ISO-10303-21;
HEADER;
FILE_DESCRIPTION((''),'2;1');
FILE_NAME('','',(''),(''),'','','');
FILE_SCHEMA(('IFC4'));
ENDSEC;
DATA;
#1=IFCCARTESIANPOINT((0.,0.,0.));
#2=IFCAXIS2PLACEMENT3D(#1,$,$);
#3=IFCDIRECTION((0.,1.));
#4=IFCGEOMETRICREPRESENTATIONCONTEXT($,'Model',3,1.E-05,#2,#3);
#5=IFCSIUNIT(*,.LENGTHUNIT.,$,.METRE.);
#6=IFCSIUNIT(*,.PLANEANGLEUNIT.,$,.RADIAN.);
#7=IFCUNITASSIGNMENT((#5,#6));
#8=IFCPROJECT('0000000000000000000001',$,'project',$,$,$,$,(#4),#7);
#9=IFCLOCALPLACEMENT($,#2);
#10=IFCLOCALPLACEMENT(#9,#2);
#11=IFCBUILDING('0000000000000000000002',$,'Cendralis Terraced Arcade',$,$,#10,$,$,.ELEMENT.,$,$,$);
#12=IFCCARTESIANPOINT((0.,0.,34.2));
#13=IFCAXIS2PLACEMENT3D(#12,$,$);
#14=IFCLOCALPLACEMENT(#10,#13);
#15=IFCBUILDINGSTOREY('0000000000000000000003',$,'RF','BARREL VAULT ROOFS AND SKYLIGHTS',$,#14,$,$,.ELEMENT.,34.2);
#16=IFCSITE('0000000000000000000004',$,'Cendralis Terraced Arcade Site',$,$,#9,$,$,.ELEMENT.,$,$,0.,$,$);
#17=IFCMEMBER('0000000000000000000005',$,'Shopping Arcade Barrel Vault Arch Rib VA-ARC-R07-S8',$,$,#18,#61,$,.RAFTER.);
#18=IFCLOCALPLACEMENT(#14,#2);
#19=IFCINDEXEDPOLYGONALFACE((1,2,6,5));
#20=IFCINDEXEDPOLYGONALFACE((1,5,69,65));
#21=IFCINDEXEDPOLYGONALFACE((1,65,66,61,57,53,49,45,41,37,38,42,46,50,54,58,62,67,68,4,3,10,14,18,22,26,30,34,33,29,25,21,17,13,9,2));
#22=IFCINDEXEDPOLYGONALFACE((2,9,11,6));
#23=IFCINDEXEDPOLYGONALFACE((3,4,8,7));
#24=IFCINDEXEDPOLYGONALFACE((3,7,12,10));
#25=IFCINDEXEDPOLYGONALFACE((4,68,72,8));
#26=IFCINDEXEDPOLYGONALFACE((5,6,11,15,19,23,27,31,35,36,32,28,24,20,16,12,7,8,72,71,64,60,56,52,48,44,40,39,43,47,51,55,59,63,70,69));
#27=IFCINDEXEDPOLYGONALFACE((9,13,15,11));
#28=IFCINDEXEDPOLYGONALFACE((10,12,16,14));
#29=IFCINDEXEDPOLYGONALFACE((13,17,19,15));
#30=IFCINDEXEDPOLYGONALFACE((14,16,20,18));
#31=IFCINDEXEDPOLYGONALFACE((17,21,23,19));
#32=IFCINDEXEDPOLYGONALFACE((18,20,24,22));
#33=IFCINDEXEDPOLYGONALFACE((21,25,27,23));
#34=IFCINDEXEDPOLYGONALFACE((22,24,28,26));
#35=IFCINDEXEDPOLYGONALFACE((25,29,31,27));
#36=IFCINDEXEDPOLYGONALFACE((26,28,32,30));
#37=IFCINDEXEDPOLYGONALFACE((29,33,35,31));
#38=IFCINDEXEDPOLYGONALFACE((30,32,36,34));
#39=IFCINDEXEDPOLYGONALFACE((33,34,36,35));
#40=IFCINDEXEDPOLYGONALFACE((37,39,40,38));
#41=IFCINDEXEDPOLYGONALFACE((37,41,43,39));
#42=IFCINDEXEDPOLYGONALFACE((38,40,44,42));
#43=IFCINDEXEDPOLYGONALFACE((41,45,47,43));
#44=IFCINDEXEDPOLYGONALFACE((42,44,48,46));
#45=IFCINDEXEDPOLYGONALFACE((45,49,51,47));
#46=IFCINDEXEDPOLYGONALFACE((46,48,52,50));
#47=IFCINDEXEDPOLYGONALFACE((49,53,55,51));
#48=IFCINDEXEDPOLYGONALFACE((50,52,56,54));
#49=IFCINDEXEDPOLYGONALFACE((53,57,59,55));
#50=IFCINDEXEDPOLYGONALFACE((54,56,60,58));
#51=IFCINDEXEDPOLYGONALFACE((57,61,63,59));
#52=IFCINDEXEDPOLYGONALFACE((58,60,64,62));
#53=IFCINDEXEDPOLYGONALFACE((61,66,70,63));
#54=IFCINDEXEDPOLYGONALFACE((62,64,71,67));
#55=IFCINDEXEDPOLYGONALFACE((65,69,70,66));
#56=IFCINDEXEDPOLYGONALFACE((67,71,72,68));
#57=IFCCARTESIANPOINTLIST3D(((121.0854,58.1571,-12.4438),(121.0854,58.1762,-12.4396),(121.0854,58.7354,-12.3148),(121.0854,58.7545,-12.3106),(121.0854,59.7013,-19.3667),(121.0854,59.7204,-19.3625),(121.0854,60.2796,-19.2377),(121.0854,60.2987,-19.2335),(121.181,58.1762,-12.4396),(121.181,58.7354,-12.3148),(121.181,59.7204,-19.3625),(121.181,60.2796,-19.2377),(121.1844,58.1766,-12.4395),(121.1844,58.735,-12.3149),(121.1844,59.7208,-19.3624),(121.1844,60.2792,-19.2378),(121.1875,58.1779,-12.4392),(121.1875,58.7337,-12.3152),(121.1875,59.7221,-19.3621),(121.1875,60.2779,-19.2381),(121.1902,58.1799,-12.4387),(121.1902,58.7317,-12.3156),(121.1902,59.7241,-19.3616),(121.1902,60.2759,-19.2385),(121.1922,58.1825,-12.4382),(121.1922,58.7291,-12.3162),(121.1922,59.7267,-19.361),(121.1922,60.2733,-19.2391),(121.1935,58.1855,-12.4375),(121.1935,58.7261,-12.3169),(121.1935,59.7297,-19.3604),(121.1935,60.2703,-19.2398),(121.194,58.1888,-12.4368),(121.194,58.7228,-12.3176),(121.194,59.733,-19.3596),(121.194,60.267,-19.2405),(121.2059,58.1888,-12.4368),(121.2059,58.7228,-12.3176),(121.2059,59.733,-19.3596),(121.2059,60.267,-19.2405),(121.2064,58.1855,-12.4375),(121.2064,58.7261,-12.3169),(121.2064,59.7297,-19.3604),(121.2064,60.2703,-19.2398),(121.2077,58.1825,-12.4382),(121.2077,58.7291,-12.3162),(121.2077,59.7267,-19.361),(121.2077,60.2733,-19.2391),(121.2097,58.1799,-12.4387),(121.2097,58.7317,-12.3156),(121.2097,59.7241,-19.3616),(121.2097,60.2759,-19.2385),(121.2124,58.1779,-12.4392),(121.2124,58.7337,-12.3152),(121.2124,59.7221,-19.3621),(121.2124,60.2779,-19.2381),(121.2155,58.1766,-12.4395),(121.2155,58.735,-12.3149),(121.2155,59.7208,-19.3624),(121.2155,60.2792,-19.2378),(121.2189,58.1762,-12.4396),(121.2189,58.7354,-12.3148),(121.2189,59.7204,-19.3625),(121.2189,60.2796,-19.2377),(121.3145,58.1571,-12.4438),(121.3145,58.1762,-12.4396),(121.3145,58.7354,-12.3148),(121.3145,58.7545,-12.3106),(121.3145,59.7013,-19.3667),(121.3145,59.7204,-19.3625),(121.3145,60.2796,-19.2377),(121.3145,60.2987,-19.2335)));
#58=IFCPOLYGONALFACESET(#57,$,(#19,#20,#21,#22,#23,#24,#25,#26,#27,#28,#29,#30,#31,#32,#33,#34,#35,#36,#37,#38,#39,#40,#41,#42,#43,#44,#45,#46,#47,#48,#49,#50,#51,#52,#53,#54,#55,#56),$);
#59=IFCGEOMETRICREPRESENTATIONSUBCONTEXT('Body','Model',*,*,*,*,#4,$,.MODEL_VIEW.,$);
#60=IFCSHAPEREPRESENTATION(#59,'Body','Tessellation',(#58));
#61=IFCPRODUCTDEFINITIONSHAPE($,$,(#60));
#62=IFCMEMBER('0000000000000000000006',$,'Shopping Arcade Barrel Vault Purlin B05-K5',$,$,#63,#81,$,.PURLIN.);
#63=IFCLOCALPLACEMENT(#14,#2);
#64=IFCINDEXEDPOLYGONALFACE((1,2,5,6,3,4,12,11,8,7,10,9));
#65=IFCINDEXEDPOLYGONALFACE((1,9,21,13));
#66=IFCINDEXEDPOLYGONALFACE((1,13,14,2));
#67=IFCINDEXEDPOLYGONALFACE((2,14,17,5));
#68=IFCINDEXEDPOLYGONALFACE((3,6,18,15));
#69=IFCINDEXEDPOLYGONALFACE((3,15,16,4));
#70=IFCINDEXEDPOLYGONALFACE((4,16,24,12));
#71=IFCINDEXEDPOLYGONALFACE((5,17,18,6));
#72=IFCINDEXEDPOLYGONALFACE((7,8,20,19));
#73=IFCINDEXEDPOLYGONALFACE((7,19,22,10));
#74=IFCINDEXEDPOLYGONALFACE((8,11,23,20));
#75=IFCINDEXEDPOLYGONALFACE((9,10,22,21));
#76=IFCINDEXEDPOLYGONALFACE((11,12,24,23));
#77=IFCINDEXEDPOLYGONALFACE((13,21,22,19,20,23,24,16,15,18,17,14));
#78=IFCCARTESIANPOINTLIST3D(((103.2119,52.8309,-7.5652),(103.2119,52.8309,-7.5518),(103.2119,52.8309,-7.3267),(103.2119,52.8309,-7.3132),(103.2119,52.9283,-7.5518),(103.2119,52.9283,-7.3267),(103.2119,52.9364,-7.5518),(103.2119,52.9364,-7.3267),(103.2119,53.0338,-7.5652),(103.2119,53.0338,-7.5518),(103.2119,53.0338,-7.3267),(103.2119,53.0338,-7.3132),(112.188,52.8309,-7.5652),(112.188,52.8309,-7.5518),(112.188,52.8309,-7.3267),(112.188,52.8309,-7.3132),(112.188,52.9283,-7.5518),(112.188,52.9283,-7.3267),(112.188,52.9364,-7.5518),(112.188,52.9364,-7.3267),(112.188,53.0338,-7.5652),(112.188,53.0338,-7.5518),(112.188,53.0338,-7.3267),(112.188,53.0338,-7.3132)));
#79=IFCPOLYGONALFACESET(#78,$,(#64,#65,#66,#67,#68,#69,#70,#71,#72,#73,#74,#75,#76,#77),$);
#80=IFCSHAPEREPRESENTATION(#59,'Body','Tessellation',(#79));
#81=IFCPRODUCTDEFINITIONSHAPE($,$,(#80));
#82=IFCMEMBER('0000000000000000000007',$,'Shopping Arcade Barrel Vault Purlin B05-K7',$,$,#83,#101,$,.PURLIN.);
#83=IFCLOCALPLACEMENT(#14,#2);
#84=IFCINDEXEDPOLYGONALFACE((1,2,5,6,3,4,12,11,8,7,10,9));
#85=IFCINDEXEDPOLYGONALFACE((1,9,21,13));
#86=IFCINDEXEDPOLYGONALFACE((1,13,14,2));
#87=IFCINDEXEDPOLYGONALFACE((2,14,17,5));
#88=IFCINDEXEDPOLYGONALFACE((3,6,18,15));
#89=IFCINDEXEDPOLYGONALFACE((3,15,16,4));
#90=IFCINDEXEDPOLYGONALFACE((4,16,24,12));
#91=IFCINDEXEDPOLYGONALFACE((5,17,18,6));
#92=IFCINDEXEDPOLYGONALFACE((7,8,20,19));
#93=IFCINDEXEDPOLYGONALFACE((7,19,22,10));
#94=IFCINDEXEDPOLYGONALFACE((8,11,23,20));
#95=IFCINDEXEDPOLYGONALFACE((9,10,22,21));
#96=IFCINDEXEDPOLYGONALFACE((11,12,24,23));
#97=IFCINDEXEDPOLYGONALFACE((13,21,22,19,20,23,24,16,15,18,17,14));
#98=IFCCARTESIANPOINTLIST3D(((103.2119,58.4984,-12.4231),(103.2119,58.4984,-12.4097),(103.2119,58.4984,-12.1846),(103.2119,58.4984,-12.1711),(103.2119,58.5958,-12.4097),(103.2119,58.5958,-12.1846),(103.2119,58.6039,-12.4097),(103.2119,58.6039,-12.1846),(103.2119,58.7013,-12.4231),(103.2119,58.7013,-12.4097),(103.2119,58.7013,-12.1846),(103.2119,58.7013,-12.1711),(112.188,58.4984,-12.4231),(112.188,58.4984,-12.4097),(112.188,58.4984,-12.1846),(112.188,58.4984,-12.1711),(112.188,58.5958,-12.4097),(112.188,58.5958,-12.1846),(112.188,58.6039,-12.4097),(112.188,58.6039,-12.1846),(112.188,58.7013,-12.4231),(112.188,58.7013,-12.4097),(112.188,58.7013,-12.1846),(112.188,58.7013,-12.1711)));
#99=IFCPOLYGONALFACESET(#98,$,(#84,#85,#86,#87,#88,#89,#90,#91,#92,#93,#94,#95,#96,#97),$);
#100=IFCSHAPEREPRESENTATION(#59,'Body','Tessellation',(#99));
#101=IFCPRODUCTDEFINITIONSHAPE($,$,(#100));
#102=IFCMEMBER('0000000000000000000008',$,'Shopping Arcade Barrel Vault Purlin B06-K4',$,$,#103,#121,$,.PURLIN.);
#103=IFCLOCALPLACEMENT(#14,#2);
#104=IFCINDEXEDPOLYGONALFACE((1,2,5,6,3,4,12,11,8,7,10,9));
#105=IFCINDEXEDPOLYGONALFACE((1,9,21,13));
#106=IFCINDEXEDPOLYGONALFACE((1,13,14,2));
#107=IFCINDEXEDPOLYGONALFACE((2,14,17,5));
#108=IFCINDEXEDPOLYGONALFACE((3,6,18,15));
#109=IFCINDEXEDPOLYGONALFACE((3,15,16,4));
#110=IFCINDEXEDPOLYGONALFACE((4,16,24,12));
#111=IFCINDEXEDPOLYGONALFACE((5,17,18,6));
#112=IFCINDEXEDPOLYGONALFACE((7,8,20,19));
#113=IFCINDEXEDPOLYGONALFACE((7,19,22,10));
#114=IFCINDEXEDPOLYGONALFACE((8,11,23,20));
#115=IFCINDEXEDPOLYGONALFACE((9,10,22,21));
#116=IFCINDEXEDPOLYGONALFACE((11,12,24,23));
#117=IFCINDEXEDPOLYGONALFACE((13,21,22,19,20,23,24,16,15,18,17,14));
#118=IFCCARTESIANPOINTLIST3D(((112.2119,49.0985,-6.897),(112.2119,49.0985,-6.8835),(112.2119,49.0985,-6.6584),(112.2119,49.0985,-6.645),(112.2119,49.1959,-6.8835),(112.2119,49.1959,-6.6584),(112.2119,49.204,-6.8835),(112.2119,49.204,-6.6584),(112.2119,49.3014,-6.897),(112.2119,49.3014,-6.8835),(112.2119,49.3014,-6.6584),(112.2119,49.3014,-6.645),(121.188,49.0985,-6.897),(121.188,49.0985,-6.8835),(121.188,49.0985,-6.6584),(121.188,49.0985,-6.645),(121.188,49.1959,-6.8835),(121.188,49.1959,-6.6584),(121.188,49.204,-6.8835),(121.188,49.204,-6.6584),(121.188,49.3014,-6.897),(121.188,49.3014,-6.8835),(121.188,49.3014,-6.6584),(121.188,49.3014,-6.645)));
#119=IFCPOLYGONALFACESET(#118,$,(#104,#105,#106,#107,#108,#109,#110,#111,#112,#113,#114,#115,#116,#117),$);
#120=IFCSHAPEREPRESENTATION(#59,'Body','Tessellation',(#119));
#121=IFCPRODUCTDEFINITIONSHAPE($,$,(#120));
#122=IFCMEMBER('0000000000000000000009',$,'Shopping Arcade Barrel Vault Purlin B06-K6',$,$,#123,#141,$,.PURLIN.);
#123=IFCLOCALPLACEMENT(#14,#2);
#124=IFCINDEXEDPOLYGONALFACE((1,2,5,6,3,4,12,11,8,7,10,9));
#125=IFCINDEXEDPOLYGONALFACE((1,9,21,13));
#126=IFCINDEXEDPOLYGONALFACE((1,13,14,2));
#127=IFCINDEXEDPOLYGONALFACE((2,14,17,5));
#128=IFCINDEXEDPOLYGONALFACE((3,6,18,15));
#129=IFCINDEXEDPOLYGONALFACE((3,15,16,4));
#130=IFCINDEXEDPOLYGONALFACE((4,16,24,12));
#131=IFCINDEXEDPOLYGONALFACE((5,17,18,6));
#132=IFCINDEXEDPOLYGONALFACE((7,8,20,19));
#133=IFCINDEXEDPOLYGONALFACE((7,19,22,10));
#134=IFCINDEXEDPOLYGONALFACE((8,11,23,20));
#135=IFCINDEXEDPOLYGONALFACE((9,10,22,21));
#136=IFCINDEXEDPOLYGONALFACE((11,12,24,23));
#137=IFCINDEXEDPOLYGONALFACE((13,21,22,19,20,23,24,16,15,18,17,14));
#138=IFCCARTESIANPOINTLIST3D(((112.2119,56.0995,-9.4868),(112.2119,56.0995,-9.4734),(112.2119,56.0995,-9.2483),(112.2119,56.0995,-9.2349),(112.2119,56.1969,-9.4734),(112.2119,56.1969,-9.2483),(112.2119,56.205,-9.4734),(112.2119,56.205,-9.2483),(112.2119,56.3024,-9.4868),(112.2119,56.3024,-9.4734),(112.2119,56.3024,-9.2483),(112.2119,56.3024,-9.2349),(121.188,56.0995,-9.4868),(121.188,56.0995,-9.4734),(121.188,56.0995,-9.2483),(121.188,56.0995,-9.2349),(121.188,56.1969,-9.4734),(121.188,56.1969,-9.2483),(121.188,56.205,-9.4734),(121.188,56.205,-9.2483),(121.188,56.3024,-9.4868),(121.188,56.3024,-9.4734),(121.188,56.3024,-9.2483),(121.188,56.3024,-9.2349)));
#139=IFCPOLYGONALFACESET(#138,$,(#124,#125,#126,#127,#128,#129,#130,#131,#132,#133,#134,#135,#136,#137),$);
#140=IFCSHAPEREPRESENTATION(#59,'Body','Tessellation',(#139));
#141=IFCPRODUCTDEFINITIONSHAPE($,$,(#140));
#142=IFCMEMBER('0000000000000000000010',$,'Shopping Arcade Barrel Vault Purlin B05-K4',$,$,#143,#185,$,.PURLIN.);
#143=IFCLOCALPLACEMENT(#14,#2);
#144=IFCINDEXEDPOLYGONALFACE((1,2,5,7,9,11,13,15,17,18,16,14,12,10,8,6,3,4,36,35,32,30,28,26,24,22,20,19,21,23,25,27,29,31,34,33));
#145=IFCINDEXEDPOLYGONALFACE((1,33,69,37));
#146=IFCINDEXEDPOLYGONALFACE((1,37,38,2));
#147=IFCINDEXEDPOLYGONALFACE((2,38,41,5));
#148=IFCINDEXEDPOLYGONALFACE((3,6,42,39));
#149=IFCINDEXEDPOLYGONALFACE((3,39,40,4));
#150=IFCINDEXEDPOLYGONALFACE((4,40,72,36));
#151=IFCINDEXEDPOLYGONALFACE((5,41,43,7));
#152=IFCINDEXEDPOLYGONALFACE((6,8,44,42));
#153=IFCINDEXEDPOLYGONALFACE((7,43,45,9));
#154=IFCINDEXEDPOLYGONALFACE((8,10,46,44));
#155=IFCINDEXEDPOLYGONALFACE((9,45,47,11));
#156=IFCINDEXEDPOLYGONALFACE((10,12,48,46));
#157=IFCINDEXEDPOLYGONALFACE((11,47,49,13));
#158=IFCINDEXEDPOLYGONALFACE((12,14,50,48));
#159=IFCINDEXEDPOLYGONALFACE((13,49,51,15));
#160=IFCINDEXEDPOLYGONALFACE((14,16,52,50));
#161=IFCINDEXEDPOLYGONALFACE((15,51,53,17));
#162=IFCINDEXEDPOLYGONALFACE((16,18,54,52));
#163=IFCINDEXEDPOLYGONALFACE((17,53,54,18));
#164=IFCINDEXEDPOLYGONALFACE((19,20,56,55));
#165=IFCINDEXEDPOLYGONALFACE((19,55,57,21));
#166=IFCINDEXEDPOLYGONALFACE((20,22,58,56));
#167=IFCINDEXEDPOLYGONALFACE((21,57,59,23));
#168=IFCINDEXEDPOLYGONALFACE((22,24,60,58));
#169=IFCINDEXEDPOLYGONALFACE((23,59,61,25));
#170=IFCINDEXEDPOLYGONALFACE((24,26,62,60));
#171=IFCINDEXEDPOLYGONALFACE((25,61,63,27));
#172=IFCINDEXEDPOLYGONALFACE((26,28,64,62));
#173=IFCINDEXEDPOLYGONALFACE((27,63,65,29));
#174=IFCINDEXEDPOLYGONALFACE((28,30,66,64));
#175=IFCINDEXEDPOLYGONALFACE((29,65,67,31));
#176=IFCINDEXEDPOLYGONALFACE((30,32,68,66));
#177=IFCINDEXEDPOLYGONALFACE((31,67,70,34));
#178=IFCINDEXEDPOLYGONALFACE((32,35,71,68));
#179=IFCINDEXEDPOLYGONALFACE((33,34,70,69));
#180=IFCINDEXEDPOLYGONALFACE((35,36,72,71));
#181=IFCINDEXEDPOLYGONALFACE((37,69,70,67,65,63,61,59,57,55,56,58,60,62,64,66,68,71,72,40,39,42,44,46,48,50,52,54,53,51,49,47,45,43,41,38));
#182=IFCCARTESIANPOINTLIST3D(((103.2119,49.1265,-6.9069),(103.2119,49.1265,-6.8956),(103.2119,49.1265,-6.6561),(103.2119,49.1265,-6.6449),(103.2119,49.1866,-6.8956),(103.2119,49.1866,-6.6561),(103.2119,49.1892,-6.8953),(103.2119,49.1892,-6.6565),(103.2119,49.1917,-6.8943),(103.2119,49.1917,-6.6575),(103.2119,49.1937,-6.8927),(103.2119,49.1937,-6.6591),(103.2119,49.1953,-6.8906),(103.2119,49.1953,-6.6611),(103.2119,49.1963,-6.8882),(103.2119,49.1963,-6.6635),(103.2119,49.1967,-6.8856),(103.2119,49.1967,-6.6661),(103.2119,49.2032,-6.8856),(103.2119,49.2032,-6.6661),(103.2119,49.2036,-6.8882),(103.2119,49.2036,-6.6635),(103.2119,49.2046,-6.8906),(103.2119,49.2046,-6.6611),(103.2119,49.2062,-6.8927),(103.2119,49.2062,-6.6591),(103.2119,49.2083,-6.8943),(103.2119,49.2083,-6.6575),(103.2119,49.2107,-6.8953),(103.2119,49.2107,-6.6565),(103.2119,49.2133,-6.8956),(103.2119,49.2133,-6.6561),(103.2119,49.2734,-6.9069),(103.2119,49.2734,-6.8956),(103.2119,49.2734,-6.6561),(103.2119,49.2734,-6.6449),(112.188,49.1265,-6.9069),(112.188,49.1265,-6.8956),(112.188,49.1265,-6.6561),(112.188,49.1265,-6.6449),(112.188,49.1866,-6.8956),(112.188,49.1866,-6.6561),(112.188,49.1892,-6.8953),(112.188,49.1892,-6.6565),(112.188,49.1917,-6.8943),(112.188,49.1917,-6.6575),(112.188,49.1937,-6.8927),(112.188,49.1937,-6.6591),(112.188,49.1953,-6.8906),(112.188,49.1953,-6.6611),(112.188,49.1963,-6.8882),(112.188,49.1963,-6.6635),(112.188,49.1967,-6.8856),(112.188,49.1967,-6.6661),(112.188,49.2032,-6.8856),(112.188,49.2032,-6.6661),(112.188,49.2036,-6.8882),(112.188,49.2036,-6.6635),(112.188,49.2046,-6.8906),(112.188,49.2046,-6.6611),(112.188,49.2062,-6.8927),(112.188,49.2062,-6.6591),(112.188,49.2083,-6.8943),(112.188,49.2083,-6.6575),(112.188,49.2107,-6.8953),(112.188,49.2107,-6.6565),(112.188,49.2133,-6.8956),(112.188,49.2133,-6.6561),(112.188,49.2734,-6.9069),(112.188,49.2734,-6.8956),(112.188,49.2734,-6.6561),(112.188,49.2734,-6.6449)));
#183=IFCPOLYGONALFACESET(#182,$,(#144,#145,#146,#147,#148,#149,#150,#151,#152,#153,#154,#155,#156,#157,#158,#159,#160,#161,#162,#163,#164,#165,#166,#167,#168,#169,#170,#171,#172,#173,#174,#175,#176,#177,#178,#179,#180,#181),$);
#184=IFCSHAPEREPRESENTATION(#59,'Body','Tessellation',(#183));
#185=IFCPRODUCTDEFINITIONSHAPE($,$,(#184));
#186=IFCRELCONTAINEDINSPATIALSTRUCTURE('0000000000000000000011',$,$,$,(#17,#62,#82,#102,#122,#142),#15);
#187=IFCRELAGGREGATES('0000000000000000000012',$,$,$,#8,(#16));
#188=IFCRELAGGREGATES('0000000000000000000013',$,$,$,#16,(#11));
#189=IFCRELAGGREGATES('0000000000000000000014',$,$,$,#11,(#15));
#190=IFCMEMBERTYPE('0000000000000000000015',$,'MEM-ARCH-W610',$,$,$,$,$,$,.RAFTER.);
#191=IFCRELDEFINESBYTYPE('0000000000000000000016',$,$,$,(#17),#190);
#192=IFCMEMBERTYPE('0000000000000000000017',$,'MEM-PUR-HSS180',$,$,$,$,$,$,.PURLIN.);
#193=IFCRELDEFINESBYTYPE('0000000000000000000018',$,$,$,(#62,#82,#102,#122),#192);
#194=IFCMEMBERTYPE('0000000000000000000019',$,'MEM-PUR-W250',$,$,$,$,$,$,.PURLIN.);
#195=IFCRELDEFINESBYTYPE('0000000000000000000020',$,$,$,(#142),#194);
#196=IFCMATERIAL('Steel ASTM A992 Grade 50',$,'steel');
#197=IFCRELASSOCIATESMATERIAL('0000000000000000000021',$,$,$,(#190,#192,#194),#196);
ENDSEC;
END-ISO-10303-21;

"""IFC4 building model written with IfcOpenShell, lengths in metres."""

from ifc_helpers import new_model, si_unit, direction, frame, origin, origin_2d, place, context, subcontext, project, spatial, i_section, extrude, material, material_profile, profile_set, type_object, element, save


model = new_model("IFC4")

# Units and contexts
model_context = context("Model", 3, precision=1e-05, world=origin(), true_north=direction((0.0, 1.0)))
body_context = subcontext(model_context, "Body", "Model", "MODEL_VIEW")
ifc_project = project(units=[si_unit("LENGTHUNIT", "METRE"), si_unit("PLANEANGLEUNIT", "RADIAN")], contexts=[model_context])

# Site, building, storey
site_placement = place(None, origin())
site = spatial("IfcSite", under=ifc_project, at=site_placement, Name="Cendralis Terraced Arcade Site", CompositionType="ELEMENT", RefElevation=0.0)
building_placement = place(site_placement, origin())
building = spatial("IfcBuilding", under=site, at=building_placement, Name="Cendralis Terraced Arcade", CompositionType="ELEMENT")
storey_placement = place(building_placement, frame((0.0, 0.0, 34.2)))
storey = spatial("IfcBuildingStorey", under=building, at=storey_placement, Name="RF", Description="BARREL VAULT ROOFS AND SKYLIGHTS", CompositionType="ELEMENT", Elevation=34.2)

# Members
ifc_material_1 = material(Name="Steel ASTM A992 Grade 50", Category="steel")
ifc_material_profile_1 = material_profile(ifc_material_1, i_section(OverallWidth=0.229, OverallDepth=0.6121, WebThickness=0.012, FlangeThickness=0.0195, FilletRadius=0.0129, at=origin_2d()), Name="W610X125", Category="LoadBearing")
ifc_profile_set_1 = profile_set([ifc_material_profile_1], Name="Steel ASTM A992 Grade 50")
member_type_1 = type_object("IfcMemberType", Name="MEM-ARCH-W610", PredefinedType="RAFTER", material=ifc_profile_set_1)
member_1_placement = place(storey_placement, frame((121.2, 58.4558, -12.3772), z_axis=(0.0, 0.217707, -0.976014), x_axis=(-1.0, 0.0, 0.0)))
element("IfcMember", 1, at=member_1_placement, inside=storey, type_object=member_type_1, Name="Shopping Arcade Barrel Vault Arch Rib VA-ARC-R07-S8", PredefinedType="RAFTER", context=body_context, shape_type="SweptSolid", body=[
    extrude(i_section(OverallWidth=0.229, OverallDepth=0.6121, WebThickness=0.012, FlangeThickness=0.0195, FilletRadius=0.0129, at=origin_2d()), origin(), (0.0, 0.0, 1.0), 7.093),
])
ifc_material_profile_2 = material_profile(ifc_material_1, i_section(OverallWidth=0.2029, OverallDepth=0.252, WebThickness=0.0081, FlangeThickness=0.0134, at=origin_2d()), Name="W250X58", Category="LoadBearing")
ifc_profile_set_2 = profile_set([ifc_material_profile_2], Name="Steel ASTM A992 Grade 50")
member_type_2 = type_object("IfcMemberType", Name="MEM-PUR-HSS180", PredefinedType="PURLIN", material=ifc_profile_set_2)
for number, where, z_axis, x_axis, name in (
    (2, (103.2119, 52.9324, -7.4392), (1.0, 0.0, 0.0), (0.0, 1.0, 0.0), "Shopping Arcade Barrel Vault Purlin B05-K5"),
    (3, (103.2119, 58.5999, -12.2971), (1.0, 0.0, 0.0), (0.0, 1.0, 0.0), "Shopping Arcade Barrel Vault Purlin B05-K7"),
    (4, (112.2119, 49.2, -6.771), (1.0, 0.0, 0.0), (0.0, 1.0, 0.0), "Shopping Arcade Barrel Vault Purlin B06-K4"),
    (5, (112.2119, 56.2009, -9.3608), (1.0, 0.0, 0.0), (0.0, 1.0, 0.0), "Shopping Arcade Barrel Vault Purlin B06-K6"),
):
    element("IfcMember", number, at=place(storey_placement, frame(where, z_axis=z_axis, x_axis=x_axis)), inside=storey, type_object=member_type_2, Name=name, PredefinedType="PURLIN", context=body_context, shape_type="SweptSolid", body=[
        extrude(i_section(OverallWidth=0.2029, OverallDepth=0.252, WebThickness=0.0081, FlangeThickness=0.0134, at=origin_2d()), origin(), (0.0, 0.0, 1.0), 8.9761),
    ])
ifc_material_profile_3 = material_profile(ifc_material_1, i_section(OverallWidth=0.147, OverallDepth=0.262, WebThickness=0.0066, FlangeThickness=0.0112, FilletRadius=0.01, at=origin_2d()), Name="W250X38.5", Category="LoadBearing")
ifc_profile_set_3 = profile_set([ifc_material_profile_3], Name="Steel ASTM A992 Grade 50")
member_type_3 = type_object("IfcMemberType", Name="MEM-PUR-W250", PredefinedType="PURLIN", material=ifc_profile_set_3)
for number, where, z_axis, x_axis, name in (
    (6, (103.2119, 49.2, -6.7759), (1.0, 0.0, 0.0), (0.0, 1.0, 0.0), "Shopping Arcade Barrel Vault Purlin B05-K4"),
):
    element("IfcMember", number, at=place(storey_placement, frame(where, z_axis=z_axis, x_axis=x_axis)), inside=storey, type_object=member_type_3, Name=name, PredefinedType="PURLIN", context=body_context, shape_type="SweptSolid", body=[
        extrude(i_section(OverallWidth=0.147, OverallDepth=0.262, WebThickness=0.0066, FlangeThickness=0.0112, FilletRadius=0.01, at=origin_2d()), origin(), (0.0, 0.0, 1.0), 8.9761),
    ])

save(model, "model.ifc")
